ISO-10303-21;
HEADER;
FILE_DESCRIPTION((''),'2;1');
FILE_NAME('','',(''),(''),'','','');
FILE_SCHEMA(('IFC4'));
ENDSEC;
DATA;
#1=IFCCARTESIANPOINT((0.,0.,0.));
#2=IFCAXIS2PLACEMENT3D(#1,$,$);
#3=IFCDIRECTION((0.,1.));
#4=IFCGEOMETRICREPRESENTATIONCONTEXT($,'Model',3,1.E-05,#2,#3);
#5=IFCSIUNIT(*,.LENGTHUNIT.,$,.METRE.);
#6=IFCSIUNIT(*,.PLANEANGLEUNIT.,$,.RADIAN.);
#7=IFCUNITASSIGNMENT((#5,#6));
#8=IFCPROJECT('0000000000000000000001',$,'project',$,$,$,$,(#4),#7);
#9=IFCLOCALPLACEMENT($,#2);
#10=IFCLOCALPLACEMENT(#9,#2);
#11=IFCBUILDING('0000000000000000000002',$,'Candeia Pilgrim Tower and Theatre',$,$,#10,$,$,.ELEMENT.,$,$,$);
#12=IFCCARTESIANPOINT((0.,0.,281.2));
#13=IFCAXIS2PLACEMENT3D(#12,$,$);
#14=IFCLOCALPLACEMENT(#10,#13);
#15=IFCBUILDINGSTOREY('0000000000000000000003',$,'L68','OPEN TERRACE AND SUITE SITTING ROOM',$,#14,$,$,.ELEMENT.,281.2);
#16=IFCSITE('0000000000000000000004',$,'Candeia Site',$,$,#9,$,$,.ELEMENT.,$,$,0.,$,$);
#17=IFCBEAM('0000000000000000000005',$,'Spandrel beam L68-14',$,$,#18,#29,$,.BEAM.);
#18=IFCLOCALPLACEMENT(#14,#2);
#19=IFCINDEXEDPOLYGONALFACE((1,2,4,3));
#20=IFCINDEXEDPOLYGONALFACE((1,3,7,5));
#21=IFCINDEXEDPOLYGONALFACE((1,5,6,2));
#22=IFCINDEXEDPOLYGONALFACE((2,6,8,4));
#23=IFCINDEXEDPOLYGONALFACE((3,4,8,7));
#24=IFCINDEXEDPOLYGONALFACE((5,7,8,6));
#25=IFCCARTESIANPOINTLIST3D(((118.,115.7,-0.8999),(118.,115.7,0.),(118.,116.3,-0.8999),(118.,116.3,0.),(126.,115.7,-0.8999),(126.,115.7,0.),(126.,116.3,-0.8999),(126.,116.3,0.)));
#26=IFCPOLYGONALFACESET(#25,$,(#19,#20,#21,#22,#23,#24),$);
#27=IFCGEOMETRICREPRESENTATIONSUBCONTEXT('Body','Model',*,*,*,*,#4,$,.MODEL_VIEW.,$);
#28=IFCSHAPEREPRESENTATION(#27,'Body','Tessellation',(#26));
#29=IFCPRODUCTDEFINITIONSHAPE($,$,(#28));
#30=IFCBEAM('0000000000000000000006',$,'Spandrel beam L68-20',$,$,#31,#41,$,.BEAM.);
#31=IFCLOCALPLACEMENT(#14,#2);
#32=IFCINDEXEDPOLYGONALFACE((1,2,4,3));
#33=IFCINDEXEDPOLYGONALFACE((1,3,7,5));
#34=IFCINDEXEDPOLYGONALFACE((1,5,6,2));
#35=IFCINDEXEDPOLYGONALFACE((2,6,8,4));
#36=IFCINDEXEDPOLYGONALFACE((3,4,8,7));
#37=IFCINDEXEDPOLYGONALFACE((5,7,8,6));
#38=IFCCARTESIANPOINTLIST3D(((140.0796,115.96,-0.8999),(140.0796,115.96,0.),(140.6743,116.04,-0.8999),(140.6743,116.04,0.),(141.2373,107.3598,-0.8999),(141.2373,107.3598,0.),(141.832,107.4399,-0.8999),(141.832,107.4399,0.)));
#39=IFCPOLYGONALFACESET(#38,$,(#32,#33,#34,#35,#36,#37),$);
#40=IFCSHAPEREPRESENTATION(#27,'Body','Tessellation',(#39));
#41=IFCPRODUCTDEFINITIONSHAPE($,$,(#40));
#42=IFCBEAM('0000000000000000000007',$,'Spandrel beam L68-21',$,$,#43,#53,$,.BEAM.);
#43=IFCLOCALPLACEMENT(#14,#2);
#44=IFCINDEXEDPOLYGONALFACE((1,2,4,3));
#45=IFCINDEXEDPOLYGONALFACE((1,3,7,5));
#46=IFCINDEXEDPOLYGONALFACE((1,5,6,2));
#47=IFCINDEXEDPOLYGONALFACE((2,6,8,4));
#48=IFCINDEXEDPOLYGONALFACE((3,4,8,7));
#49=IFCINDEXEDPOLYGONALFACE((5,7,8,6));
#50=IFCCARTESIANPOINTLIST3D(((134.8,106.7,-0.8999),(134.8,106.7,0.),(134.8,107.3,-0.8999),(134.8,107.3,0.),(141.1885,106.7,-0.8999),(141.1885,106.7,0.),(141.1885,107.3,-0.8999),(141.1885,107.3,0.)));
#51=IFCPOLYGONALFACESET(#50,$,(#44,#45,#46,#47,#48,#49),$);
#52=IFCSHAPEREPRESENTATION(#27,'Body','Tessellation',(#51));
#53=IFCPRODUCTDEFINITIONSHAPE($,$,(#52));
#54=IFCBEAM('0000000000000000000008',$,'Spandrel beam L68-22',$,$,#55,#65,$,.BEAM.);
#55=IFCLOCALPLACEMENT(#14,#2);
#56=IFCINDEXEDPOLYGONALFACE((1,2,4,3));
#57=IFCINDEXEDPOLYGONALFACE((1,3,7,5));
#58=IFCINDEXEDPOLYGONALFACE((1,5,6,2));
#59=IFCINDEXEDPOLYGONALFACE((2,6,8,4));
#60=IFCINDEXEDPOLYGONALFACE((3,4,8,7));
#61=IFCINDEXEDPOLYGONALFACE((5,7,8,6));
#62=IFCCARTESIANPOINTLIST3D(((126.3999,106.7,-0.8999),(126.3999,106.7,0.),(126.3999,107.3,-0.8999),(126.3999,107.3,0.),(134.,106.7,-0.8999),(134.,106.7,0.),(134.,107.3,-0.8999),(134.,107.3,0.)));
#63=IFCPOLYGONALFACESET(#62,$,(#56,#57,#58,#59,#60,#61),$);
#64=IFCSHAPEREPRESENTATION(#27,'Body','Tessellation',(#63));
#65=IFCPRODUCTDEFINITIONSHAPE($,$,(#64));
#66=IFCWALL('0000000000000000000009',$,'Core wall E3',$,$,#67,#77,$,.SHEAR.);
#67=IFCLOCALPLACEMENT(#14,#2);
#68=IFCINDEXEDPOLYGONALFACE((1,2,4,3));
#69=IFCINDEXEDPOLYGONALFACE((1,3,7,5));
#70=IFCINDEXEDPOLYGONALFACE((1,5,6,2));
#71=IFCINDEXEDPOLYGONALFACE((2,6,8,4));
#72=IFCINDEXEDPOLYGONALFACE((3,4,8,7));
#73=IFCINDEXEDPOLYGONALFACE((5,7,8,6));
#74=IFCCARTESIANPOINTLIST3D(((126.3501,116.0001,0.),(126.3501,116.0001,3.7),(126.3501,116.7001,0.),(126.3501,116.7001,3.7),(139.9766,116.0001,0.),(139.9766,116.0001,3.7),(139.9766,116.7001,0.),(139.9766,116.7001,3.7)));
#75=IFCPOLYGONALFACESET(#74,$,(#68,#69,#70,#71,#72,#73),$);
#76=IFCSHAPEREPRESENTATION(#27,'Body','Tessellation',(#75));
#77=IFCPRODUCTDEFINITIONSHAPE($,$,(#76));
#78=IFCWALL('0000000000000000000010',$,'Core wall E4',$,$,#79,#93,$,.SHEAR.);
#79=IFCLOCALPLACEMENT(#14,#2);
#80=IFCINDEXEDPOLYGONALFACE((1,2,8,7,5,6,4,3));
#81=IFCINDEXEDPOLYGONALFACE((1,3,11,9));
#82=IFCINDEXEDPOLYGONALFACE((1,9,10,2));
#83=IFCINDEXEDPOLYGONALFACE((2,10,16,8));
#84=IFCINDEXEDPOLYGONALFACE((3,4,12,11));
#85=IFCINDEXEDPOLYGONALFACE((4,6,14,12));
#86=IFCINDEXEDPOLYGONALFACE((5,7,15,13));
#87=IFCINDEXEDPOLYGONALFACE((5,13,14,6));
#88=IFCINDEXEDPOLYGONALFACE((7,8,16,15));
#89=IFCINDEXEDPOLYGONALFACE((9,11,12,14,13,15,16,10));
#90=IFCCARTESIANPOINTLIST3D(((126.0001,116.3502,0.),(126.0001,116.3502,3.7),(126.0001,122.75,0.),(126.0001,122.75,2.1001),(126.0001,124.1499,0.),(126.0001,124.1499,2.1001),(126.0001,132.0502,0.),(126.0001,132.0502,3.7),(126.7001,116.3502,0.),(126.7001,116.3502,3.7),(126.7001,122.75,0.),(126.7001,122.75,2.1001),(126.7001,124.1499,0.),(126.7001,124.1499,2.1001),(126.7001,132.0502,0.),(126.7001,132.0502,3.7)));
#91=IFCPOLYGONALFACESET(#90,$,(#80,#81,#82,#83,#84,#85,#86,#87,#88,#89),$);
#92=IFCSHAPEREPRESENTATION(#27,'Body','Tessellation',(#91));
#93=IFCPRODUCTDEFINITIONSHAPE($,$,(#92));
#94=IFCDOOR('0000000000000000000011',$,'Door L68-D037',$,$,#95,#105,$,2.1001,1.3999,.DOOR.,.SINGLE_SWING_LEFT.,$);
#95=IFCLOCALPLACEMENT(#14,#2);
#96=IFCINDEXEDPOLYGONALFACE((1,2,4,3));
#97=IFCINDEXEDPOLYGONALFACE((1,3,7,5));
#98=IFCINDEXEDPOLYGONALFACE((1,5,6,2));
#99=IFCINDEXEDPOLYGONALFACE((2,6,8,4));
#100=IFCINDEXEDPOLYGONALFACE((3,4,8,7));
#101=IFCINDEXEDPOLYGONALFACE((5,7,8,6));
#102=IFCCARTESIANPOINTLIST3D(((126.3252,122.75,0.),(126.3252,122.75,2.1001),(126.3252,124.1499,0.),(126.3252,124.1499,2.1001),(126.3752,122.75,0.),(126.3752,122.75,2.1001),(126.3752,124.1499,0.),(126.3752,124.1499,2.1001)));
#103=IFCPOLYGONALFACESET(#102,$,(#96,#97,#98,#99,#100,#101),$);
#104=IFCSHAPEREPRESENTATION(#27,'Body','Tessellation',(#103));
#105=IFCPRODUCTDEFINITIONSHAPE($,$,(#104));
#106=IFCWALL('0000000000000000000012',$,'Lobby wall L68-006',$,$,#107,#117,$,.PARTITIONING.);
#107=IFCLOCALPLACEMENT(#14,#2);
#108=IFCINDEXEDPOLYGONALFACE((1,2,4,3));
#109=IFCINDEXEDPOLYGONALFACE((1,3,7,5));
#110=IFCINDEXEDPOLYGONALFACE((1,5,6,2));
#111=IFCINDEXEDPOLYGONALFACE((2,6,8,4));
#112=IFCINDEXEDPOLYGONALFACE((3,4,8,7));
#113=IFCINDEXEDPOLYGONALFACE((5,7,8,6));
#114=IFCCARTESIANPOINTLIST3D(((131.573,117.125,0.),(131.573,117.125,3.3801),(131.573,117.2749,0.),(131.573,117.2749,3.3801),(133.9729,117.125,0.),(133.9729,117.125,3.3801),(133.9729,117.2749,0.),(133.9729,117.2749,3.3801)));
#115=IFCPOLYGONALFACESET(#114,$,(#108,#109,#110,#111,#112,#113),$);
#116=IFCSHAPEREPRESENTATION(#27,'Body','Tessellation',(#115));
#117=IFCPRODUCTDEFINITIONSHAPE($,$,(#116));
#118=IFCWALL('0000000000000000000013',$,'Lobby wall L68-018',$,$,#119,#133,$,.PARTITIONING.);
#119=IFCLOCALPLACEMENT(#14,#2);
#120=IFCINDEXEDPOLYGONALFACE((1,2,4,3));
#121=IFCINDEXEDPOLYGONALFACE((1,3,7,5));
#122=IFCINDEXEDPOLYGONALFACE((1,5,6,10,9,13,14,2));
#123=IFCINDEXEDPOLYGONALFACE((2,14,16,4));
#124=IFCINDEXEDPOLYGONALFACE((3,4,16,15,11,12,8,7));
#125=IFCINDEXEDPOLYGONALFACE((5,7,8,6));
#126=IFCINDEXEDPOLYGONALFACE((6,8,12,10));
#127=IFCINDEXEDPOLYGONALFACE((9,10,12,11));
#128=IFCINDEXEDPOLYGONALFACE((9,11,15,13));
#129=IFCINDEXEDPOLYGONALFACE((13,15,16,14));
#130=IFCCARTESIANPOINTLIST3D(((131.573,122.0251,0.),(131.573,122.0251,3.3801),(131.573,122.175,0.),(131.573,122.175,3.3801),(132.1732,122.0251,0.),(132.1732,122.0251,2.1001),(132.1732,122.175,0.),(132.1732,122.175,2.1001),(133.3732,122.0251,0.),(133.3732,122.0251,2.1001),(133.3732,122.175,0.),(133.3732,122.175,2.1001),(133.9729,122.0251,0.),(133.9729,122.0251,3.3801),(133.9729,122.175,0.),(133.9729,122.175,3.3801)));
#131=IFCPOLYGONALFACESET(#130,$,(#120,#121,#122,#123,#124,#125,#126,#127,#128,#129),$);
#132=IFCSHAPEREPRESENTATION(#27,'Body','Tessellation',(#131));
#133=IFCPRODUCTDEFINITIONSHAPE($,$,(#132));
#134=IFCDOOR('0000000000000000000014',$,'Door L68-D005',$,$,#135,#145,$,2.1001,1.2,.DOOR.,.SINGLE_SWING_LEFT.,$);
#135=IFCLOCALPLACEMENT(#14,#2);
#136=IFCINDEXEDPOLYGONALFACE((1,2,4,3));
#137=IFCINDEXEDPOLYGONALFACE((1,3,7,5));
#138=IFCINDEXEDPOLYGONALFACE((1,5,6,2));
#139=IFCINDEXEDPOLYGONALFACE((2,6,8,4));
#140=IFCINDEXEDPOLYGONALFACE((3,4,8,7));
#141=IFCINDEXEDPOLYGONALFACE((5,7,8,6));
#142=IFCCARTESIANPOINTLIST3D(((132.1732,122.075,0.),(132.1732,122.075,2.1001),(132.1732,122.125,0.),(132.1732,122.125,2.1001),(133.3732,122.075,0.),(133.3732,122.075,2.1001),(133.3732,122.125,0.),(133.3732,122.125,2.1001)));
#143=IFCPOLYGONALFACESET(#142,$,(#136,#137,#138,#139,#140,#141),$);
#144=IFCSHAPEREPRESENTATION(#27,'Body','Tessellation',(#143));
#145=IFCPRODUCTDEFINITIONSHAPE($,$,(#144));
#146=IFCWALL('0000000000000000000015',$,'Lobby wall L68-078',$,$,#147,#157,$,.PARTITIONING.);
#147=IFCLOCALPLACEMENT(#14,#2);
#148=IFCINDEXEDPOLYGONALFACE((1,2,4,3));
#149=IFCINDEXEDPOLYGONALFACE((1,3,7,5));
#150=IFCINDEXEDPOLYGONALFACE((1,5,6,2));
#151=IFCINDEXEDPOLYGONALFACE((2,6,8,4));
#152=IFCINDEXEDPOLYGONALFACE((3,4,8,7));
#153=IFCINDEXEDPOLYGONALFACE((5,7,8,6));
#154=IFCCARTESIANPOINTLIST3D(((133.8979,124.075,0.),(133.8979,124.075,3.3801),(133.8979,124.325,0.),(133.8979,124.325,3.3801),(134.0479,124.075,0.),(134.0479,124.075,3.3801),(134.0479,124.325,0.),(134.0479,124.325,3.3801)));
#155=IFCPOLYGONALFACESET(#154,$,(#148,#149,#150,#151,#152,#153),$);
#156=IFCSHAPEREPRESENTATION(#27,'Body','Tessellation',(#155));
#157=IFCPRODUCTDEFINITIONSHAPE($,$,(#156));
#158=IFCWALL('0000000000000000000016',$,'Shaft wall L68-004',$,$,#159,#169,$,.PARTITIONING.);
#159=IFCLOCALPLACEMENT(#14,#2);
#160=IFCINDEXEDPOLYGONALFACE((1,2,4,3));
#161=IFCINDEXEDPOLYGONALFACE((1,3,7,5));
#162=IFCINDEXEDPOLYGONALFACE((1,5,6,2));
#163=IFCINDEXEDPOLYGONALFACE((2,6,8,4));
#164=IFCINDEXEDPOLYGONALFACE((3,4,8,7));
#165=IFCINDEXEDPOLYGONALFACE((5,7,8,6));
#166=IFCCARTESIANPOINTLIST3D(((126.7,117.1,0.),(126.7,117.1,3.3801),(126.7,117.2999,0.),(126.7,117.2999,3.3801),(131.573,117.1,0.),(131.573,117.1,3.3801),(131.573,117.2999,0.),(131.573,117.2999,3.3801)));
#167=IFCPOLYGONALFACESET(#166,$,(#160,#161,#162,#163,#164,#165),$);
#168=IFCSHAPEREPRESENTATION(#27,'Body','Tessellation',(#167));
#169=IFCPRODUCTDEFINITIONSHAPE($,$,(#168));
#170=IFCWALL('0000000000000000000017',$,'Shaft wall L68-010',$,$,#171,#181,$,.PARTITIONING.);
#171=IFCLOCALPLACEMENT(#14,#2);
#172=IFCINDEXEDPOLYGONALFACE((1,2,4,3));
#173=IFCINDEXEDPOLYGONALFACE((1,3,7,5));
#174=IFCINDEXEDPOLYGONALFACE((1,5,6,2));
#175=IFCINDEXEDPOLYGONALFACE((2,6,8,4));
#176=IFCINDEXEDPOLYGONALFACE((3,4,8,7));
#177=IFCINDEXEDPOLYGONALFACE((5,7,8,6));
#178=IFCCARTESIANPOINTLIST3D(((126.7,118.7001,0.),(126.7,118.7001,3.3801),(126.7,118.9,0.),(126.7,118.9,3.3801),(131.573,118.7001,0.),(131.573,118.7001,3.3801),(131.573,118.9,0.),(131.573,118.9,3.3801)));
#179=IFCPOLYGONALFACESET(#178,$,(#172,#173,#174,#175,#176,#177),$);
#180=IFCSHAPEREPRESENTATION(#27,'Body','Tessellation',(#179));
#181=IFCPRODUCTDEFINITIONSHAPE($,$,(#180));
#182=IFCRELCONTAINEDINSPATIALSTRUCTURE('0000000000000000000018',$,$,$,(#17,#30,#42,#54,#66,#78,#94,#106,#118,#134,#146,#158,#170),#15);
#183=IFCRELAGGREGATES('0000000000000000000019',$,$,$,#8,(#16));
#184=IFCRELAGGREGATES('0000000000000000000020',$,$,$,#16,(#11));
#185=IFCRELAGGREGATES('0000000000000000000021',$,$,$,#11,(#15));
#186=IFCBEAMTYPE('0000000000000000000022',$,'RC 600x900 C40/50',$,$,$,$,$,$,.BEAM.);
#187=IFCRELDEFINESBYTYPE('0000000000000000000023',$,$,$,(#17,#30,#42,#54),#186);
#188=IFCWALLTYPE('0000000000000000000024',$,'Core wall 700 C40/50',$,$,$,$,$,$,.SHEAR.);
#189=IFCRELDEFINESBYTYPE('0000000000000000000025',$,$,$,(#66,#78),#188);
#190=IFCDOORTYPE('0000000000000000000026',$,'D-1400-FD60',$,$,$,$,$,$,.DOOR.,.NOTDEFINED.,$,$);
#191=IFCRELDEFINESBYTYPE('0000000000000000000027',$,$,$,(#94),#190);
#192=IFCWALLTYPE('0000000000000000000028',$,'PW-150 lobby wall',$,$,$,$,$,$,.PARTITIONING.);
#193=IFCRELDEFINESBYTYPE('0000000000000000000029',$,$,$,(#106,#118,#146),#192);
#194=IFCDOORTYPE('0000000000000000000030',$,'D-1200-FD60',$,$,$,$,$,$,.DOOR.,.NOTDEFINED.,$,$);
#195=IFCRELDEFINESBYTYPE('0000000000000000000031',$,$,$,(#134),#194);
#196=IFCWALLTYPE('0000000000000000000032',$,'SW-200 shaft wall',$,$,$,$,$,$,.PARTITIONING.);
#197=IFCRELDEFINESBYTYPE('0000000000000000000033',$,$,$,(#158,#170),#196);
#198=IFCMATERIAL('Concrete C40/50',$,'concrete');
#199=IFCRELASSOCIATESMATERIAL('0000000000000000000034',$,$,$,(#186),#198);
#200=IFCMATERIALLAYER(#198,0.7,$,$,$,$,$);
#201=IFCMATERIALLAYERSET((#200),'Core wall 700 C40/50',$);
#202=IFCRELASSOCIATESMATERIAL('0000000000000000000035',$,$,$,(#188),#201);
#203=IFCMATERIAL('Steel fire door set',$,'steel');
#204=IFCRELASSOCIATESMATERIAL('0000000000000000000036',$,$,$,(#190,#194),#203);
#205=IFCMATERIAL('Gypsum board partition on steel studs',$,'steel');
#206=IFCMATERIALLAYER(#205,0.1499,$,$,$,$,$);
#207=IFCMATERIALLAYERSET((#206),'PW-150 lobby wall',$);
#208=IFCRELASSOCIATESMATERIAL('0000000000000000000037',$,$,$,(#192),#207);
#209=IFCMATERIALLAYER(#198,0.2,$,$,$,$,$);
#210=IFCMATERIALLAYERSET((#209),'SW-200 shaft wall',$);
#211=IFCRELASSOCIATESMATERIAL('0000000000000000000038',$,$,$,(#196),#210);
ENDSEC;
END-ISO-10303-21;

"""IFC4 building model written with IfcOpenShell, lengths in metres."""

from ifc_helpers import new_model, si_unit, direction, frame, frame_2d, origin, origin_2d, place, context, subcontext, project, spatial, rectangle, extrude, material, layer, layer_set, material_profile, profile_set, type_object, element, fill, save


model = new_model("IFC4")

# Units and contexts
model_context = context("Model", 3, precision=1e-05, world=origin(), true_north=direction((0.0, 1.0)))
body_context = subcontext(model_context, "Body", "Model", "MODEL_VIEW")
ifc_project = project(units=[si_unit("LENGTHUNIT", "METRE"), si_unit("PLANEANGLEUNIT", "RADIAN")], contexts=[model_context])

# Site, building, storey
site_placement = place(None, origin())
site = spatial("IfcSite", under=ifc_project, at=site_placement, Name="Candeia Site", CompositionType="ELEMENT", RefElevation=0.0)
building_placement = place(site_placement, origin())
building = spatial("IfcBuilding", under=site, at=building_placement, Name="Candeia Pilgrim Tower and Theatre", CompositionType="ELEMENT")
storey_placement = place(building_placement, frame((0.0, 0.0, 281.2)))
storey = spatial("IfcBuildingStorey", under=building, at=storey_placement, Name="L68", Description="OPEN TERRACE AND SUITE SITTING ROOM", CompositionType="ELEMENT", Elevation=281.2)

# Beams
ifc_material_1 = material(Name="Concrete C40/50", Category="concrete")
ifc_material_profile = material_profile(ifc_material_1, rectangle(XDim=0.6001, YDim=0.8999, at=origin_2d()))
ifc_profile_set = profile_set([ifc_material_profile], Name="Concrete C40/50")
beam_type = type_object("IfcBeamType", Name="RC 600x900 C40/50", PredefinedType="BEAM", material=ifc_profile_set)
beam_1_placement = place(storey_placement, frame((126.0, 116.0, -0.45), z_axis=(-1.0, 0.0, 0.0), x_axis=(0.0, -1.0, 0.0)))
element("IfcBeam", 1, at=beam_1_placement, inside=storey, type_object=beam_type, Name="Spandrel beam L68-14", PredefinedType="BEAM", context=body_context, shape_type="SweptSolid", body=[
    extrude(rectangle(XDim=0.6001, YDim=0.8999, at=origin_2d()), origin(), (0.0, 0.0, 1.0), 8.0),
])
beam_2_placement = place(storey_placement, frame((140.377, 116.0, -0.45), z_axis=(0.133413, -0.991061, 0.0), x_axis=(0.991061, 0.133413, 0.0)))
element("IfcBeam", 2, at=beam_2_placement, inside=storey, type_object=beam_type, Name="Spandrel beam L68-20", PredefinedType="BEAM", context=body_context, shape_type="SweptSolid", body=[
    extrude(rectangle(XDim=0.6001, YDim=0.8999, at=origin_2d()), origin(), (0.0, 0.0, 1.0), 8.6777),
])
beam_3_placement = place(storey_placement, frame((141.1885, 107.0, -0.45), z_axis=(-1.0, 0.0, 0.0), x_axis=(0.0, -1.0, 0.0)))
element("IfcBeam", 3, at=beam_3_placement, inside=storey, type_object=beam_type, Name="Spandrel beam L68-21", PredefinedType="BEAM", context=body_context, shape_type="SweptSolid", body=[
    extrude(rectangle(XDim=0.6001, YDim=0.8999, at=origin_2d()), origin(), (0.0, 0.0, 1.0), 6.3884),
])
beam_4_placement = place(storey_placement, frame((134.0, 107.0, -0.45), z_axis=(-1.0, 0.0, 0.0), x_axis=(0.0, -1.0, 0.0)))
element("IfcBeam", 4, at=beam_4_placement, inside=storey, type_object=beam_type, Name="Spandrel beam L68-22", PredefinedType="BEAM", context=body_context, shape_type="SweptSolid", body=[
    extrude(rectangle(XDim=0.6001, YDim=0.8999, at=origin_2d()), origin(), (0.0, 0.0, 1.0), 7.6001),
])

# Wall
ifc_layer_1 = layer(ifc_material_1, 0.7)
ifc_layer_set_1 = layer_set([ifc_layer_1], Name="Core wall 700 C40/50")
wall_type_1 = type_object("IfcWallType", Name="Core wall 700 C40/50", PredefinedType="SHEAR", material=ifc_layer_set_1)
wall_1_placement = place(storey_placement, frame((139.9766, 116.3501, 0.0), z_axis=(0.0, 0.0, 1.0), x_axis=(-1.0, 0.0, 0.0)))
element("IfcWall", 5, at=wall_1_placement, inside=storey, type_object=wall_type_1, Name="Core wall E3", PredefinedType="SHEAR", context=body_context, shape_type="SweptSolid", body=[
    extrude(rectangle(XDim=13.6265, YDim=0.7, at=frame_2d((6.8132, 0.0))), origin(), (0.0, 0.0, 1.0), 3.7),
])

# Wall, opening, door
wall_2_placement = place(storey_placement, frame((126.3501, 116.3501, 0.0), z_axis=(0.0, 0.0, 1.0), x_axis=(0.0, 1.0, 0.0)))
wall_2 = element("IfcWall", 6, at=wall_2_placement, inside=storey, type_object=wall_type_1, Name="Core wall E4", PredefinedType="SHEAR", context=body_context, shape_type="SweptSolid", body=[
    extrude(rectangle(XDim=15.7, YDim=0.7, at=frame_2d((7.8501, 0.0))), origin(), (0.0, 0.0, 1.0), 3.7),
])
opening_1_placement = place(wall_2_placement, frame((6.3999, 0.0, 0.0)))
opening_1 = element("IfcOpeningElement", 7, at=opening_1_placement, cuts=wall_2, PredefinedType="OPENING", context=body_context, shape_type="SweptSolid", body=[
    extrude(rectangle(XDim=1.3999, YDim=2.1001, at=frame_2d((0.7, 1.05))), frame((0.0, 0.3599, 0.0), z_axis=(0.0, -1.0, 0.0), x_axis=(1.0, 0.0, 0.0)), (0.0, 0.0, 1.0), 0.72),
])
ifc_material_2 = material(Name="Steel fire door set", Category="steel")
door_type_1 = type_object("IfcDoorType", Name="D-1400-FD60", OperationType="NOTDEFINED", PredefinedType="DOOR", material=ifc_material_2)
door_1_placement = place(opening_1_placement, origin())
door_1 = element("IfcDoor", 8, at=door_1_placement, inside=storey, type_object=door_type_1, Name="Door L68-D037", OperationType="SINGLE_SWING_LEFT", OverallHeight=2.1001, OverallWidth=1.3999, PredefinedType="DOOR", context=body_context, shape_type="SweptSolid", body=[
    extrude(rectangle(XDim=1.3999, YDim=2.1001, at=frame_2d((0.7, 1.05))), frame((0.0, 0.0249, 0.0), z_axis=(0.0, -1.0, 0.0), x_axis=(1.0, 0.0, 0.0)), (0.0, 0.0, 1.0), 0.05),
])
fill(opening_1, door_1)

# Wall
ifc_material_3 = material(Name="Gypsum board partition on steel studs", Category="steel")
ifc_layer_2 = layer(ifc_material_3, 0.1499)
ifc_layer_set_2 = layer_set([ifc_layer_2], Name="PW-150 lobby wall")
wall_type_2 = type_object("IfcWallType", Name="PW-150 lobby wall", PredefinedType="PARTITIONING", material=ifc_layer_set_2)
wall_3_placement = place(storey_placement, frame((131.573, 117.2, 0.0), z_axis=(0.0, 0.0, 1.0), x_axis=(1.0, 0.0, 0.0)))
element("IfcWall", 9, at=wall_3_placement, inside=storey, type_object=wall_type_2, Name="Lobby wall L68-006", PredefinedType="PARTITIONING", context=body_context, shape_type="SweptSolid", body=[
    extrude(rectangle(XDim=2.3999, YDim=0.1499, at=frame_2d((1.2, 0.0))), origin(), (0.0, 0.0, 1.0), 3.3801),
])

# Wall, opening, door
wall_4_placement = place(storey_placement, frame((131.573, 122.1001, 0.0), z_axis=(0.0, 0.0, 1.0), x_axis=(1.0, 0.0, 0.0)))
wall_4 = element("IfcWall", 10, at=wall_4_placement, inside=storey, type_object=wall_type_2, Name="Lobby wall L68-018", PredefinedType="PARTITIONING", context=body_context, shape_type="SweptSolid", body=[
    extrude(rectangle(XDim=2.3999, YDim=0.1499, at=frame_2d((1.2, 0.0))), origin(), (0.0, 0.0, 1.0), 3.3801),
])
opening_2_placement = place(wall_4_placement, frame((0.6001, 0.0, 0.0)))
opening_2 = element("IfcOpeningElement", 11, at=opening_2_placement, cuts=wall_4, PredefinedType="OPENING", context=body_context, shape_type="SweptSolid", body=[
    extrude(rectangle(XDim=1.2, YDim=2.1001, at=frame_2d((0.6001, 1.05))), frame((0.0, 0.085, 0.0), z_axis=(0.0, -1.0, 0.0), x_axis=(1.0, 0.0, 0.0)), (0.0, 0.0, 1.0), 0.1699),
])
door_type_2 = type_object("IfcDoorType", Name="D-1200-FD60", OperationType="NOTDEFINED", PredefinedType="DOOR", material=ifc_material_2)
door_2_placement = place(opening_2_placement, origin())
door_2 = element("IfcDoor", 12, at=door_2_placement, inside=storey, type_object=door_type_2, Name="Door L68-D005", OperationType="SINGLE_SWING_LEFT", OverallHeight=2.1001, OverallWidth=1.2, PredefinedType="DOOR", context=body_context, shape_type="SweptSolid", body=[
    extrude(rectangle(XDim=1.2, YDim=2.1001, at=frame_2d((0.6001, 1.05))), frame((0.0, 0.0249, 0.0), z_axis=(0.0, -1.0, 0.0), x_axis=(1.0, 0.0, 0.0)), (0.0, 0.0, 1.0), 0.05),
])
fill(opening_2, door_2)

# Walls
wall_5_placement = place(storey_placement, frame((133.9729, 124.075, 0.0), z_axis=(0.0, 0.0, 1.0), x_axis=(0.0, 1.0, 0.0)))
element("IfcWall", 13, at=wall_5_placement, inside=storey, type_object=wall_type_2, Name="Lobby wall L68-078", PredefinedType="PARTITIONING", context=body_context, shape_type="SweptSolid", body=[
    extrude(rectangle(XDim=0.25, YDim=0.1499, at=frame_2d((0.125, 0.0))), origin(), (0.0, 0.0, 1.0), 3.3801),
])
ifc_layer_3 = layer(ifc_material_1, 0.2)
ifc_layer_set_3 = layer_set([ifc_layer_3], Name="SW-200 shaft wall")
wall_type_3 = type_object("IfcWallType", Name="SW-200 shaft wall", PredefinedType="PARTITIONING", material=ifc_layer_set_3)
for number, where, z_axis, x_axis, name in (
    (14, (126.7, 117.2, 0.0), (0.0, 0.0, 1.0), (1.0, 0.0, 0.0), "Shaft wall L68-004"),
    (15, (126.7, 118.8, 0.0), (0.0, 0.0, 1.0), (1.0, 0.0, 0.0), "Shaft wall L68-010"),
):
    element("IfcWall", number, at=place(storey_placement, frame(where, z_axis=z_axis, x_axis=x_axis)), inside=storey, type_object=wall_type_3, Name=name, PredefinedType="PARTITIONING", context=body_context, shape_type="SweptSolid", body=[
        extrude(rectangle(XDim=4.873, YDim=0.2, at=frame_2d((2.4365, 0.0))), origin(), (0.0, 0.0, 1.0), 3.3801),
    ])

save(model, "model.ifc")
